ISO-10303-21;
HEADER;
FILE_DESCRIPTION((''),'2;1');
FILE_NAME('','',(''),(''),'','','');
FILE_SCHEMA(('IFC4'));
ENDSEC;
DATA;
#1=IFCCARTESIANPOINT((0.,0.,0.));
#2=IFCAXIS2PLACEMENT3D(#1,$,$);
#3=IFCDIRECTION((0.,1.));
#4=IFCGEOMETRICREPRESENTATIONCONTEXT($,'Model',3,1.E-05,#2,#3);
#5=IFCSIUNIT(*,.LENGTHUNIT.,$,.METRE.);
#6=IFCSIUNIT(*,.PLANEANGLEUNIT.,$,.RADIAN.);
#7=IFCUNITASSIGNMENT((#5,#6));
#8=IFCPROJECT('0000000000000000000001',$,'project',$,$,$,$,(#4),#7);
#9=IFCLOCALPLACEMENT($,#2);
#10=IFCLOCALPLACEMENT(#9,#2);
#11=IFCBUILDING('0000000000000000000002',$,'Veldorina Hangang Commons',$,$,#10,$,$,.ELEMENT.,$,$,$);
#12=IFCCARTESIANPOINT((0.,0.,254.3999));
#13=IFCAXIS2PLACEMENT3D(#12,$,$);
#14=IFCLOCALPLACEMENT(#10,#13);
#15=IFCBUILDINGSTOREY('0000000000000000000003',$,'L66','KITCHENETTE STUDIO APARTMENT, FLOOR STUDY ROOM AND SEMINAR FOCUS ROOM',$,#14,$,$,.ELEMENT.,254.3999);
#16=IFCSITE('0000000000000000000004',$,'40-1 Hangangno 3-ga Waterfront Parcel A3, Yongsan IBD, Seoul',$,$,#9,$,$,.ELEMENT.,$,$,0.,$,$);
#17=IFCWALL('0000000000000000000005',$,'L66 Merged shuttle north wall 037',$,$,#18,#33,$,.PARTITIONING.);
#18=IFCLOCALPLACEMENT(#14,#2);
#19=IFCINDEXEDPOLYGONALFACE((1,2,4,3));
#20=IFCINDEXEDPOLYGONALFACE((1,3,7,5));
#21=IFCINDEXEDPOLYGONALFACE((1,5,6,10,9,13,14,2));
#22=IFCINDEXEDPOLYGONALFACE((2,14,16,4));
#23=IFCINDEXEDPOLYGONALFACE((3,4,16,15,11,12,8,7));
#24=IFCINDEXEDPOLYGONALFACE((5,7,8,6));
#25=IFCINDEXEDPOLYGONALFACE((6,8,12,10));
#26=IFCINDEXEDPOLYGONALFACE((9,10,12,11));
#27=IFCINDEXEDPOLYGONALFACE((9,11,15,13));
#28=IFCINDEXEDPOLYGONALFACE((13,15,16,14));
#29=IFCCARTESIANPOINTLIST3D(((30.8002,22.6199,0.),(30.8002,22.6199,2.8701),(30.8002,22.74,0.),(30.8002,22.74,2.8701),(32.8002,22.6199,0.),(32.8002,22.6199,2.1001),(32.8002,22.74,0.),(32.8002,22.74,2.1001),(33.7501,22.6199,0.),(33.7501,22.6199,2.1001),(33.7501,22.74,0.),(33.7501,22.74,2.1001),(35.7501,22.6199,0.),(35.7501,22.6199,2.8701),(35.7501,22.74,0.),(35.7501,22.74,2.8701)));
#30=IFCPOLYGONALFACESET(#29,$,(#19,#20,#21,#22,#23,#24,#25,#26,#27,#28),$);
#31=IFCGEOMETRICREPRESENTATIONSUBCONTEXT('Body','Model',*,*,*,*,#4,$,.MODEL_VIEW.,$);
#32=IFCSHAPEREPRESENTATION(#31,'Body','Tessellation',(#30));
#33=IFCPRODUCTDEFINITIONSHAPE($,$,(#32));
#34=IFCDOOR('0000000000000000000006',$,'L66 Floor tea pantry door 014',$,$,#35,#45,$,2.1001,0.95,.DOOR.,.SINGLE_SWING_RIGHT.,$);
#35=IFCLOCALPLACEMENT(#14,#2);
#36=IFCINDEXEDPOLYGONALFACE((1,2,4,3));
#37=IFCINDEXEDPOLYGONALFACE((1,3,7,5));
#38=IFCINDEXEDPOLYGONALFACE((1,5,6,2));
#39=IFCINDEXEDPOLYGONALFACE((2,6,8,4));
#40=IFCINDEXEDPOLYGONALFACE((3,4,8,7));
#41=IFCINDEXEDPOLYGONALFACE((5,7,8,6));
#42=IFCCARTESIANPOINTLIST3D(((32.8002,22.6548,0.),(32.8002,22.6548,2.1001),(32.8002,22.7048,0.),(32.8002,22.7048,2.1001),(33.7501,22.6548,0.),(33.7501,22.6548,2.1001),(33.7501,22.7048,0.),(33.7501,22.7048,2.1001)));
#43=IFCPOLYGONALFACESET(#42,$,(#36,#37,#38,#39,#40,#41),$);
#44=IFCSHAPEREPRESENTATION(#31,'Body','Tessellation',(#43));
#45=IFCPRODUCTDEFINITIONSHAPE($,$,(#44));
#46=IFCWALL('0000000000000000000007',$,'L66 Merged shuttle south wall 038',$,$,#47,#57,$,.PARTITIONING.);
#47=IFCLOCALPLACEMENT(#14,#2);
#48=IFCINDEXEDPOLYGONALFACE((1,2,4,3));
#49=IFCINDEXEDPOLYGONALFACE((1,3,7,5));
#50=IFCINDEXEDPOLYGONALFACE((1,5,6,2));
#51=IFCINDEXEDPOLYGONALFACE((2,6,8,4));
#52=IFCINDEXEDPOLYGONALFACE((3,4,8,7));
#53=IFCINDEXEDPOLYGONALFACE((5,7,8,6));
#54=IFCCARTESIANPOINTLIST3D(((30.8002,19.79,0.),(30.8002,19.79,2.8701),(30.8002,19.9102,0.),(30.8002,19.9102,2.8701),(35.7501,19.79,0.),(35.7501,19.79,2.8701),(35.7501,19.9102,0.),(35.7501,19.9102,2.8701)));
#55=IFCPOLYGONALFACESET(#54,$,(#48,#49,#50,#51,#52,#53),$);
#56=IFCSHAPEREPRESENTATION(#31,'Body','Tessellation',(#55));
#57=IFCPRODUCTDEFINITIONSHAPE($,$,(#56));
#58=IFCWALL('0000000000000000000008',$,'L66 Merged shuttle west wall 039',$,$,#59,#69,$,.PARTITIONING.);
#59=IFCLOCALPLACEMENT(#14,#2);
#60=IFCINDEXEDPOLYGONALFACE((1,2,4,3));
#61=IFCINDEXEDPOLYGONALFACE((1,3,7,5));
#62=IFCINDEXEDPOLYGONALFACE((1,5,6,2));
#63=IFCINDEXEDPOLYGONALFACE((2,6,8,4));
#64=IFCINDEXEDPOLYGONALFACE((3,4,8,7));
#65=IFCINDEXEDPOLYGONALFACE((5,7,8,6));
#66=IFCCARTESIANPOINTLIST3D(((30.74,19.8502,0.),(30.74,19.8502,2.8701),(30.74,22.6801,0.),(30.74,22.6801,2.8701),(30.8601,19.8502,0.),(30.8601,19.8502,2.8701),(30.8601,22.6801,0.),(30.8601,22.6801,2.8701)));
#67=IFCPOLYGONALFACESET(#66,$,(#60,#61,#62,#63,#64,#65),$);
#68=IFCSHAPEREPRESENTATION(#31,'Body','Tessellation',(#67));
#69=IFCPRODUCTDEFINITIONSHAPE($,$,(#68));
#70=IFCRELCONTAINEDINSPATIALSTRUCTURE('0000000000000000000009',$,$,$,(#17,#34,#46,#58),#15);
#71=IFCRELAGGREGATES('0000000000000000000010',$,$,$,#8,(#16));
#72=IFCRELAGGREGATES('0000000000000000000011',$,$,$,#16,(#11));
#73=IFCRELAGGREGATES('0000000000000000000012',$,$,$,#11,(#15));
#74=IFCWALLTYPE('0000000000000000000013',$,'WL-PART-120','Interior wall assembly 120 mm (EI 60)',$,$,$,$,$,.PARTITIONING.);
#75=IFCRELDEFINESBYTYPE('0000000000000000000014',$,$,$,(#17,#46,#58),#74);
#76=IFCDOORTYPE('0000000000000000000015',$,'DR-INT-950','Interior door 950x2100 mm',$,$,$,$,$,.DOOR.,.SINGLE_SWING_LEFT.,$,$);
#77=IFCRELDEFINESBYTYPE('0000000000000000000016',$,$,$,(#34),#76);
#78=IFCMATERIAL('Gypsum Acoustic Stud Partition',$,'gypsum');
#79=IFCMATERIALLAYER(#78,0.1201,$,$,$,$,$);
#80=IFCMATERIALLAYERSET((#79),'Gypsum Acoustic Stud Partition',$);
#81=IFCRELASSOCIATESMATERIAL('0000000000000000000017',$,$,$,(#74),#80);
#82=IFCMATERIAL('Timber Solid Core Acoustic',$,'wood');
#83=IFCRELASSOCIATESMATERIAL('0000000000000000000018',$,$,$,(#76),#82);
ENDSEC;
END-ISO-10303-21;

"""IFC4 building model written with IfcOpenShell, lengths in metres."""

from ifc_helpers import new_model, si_unit, direction, frame, frame_2d, origin, place, context, subcontext, project, spatial, rectangle, extrude, material, layer, layer_set, type_object, element, fill, save


model = new_model("IFC4")

# Units and contexts
model_context = context("Model", 3, precision=1e-05, world=origin(), true_north=direction((0.0, 1.0)))
body_context = subcontext(model_context, "Body", "Model", "MODEL_VIEW")
ifc_project = project(units=[si_unit("LENGTHUNIT", "METRE"), si_unit("PLANEANGLEUNIT", "RADIAN")], contexts=[model_context])

# Site, building, storey
site_placement = place(None, origin())
site = spatial("IfcSite", under=ifc_project, at=site_placement, Name="40-1 Hangangno 3-ga Waterfront Parcel A3, Yongsan IBD, Seoul", CompositionType="ELEMENT", RefElevation=0.0)
building_placement = place(site_placement, origin())
building = spatial("IfcBuilding", under=site, at=building_placement, Name="Veldorina Hangang Commons", CompositionType="ELEMENT")
storey_placement = place(building_placement, frame((0.0, 0.0, 254.3999)))
storey = spatial("IfcBuildingStorey", under=building, at=storey_placement, Name="L66", Description="KITCHENETTE STUDIO APARTMENT, FLOOR STUDY ROOM AND SEMINAR FOCUS ROOM", CompositionType="ELEMENT", Elevation=254.3999)

# Wall, opening, door
ifc_material_1 = material(Name="Gypsum Acoustic Stud Partition", Category="gypsum")
ifc_layer_1 = layer(ifc_material_1, 0.1201)
ifc_layer_set_1 = layer_set([ifc_layer_1], Name="Gypsum Acoustic Stud Partition")
wall_type_1 = type_object("IfcWallType", Name="WL-PART-120", Description="Interior wall assembly 120 mm (EI 60)", PredefinedType="PARTITIONING", material=ifc_layer_set_1)
wall_1_placement = place(storey_placement, frame((30.8, 22.6799, 0.0), z_axis=(0.0, 0.0, 1.0), x_axis=(1.0, 0.0, 0.0)))
wall_1 = element("IfcWall", 1, at=wall_1_placement, inside=storey, type_object=wall_type_1, Name="L66 Merged shuttle north wall 037", PredefinedType="PARTITIONING", context=body_context, shape_type="SweptSolid", body=[
    extrude(rectangle(XDim=4.95, YDim=0.1201, at=frame_2d((2.4751, 0.0))), origin(), (0.0, 0.0, 1.0), 2.8701),
])
opening_1_placement = place(wall_1_placement, frame((2.0, 0.0, 0.0)))
opening_1 = element("IfcOpeningElement", 2, at=opening_1_placement, cuts=wall_1, PredefinedType="OPENING", context=body_context, shape_type="SweptSolid", body=[
    extrude(rectangle(XDim=0.95, YDim=2.1001, at=frame_2d((0.4751, 1.05))), frame((0.0, 0.0701, 0.0), z_axis=(0.0, -1.0, 0.0), x_axis=(1.0, 0.0, 0.0)), (0.0, 0.0, 1.0), 0.1401),
])
ifc_material_2 = material(Name="Timber Solid Core Acoustic", Category="wood")
door_type_1 = type_object("IfcDoorType", Name="DR-INT-950", Description="Interior door 950x2100 mm", OperationType="SINGLE_SWING_LEFT", PredefinedType="DOOR", material=ifc_material_2)
door_1_placement = place(opening_1_placement, origin())
door_1 = element("IfcDoor", 3, at=door_1_placement, inside=storey, type_object=door_type_1, Name="L66 Floor tea pantry door 014", OperationType="SINGLE_SWING_RIGHT", OverallHeight=2.1001, OverallWidth=0.95, PredefinedType="DOOR", context=body_context, shape_type="SweptSolid", body=[
    extrude(rectangle(XDim=0.95, YDim=2.1001, at=frame_2d((0.4751, 1.05))), frame((0.0, 0.0249, 0.0), z_axis=(0.0, -1.0, 0.0), x_axis=(1.0, 0.0, 0.0)), (0.0, 0.0, 1.0), 0.05),
])
fill(opening_1, door_1)

# Walls
wall_2_placement = place(storey_placement, frame((30.8, 19.8501, 0.0), z_axis=(0.0, 0.0, 1.0), x_axis=(1.0, 0.0, 0.0)))
element("IfcWall", 4, at=wall_2_placement, inside=storey, type_object=wall_type_1, Name="L66 Merged shuttle south wall 038", PredefinedType="PARTITIONING", context=body_context, shape_type="SweptSolid", body=[
    extrude(rectangle(XDim=4.95, YDim=0.1201, at=frame_2d((2.4751, 0.0))), origin(), (0.0, 0.0, 1.0), 2.8701),
])
wall_3_placement = place(storey_placement, frame((30.8, 19.8501, 0.0), z_axis=(0.0, 0.0, 1.0), x_axis=(0.0, 1.0, 0.0)))
element("IfcWall", 5, at=wall_3_placement, inside=storey, type_object=wall_type_1, Name="L66 Merged shuttle west wall 039", PredefinedType="PARTITIONING", context=body_context, shape_type="SweptSolid", body=[
    extrude(rectangle(XDim=2.8298, YDim=0.1201, at=frame_2d((1.415, 0.0))), origin(), (0.0, 0.0, 1.0), 2.8701),
])

save(model, "model.ifc")
